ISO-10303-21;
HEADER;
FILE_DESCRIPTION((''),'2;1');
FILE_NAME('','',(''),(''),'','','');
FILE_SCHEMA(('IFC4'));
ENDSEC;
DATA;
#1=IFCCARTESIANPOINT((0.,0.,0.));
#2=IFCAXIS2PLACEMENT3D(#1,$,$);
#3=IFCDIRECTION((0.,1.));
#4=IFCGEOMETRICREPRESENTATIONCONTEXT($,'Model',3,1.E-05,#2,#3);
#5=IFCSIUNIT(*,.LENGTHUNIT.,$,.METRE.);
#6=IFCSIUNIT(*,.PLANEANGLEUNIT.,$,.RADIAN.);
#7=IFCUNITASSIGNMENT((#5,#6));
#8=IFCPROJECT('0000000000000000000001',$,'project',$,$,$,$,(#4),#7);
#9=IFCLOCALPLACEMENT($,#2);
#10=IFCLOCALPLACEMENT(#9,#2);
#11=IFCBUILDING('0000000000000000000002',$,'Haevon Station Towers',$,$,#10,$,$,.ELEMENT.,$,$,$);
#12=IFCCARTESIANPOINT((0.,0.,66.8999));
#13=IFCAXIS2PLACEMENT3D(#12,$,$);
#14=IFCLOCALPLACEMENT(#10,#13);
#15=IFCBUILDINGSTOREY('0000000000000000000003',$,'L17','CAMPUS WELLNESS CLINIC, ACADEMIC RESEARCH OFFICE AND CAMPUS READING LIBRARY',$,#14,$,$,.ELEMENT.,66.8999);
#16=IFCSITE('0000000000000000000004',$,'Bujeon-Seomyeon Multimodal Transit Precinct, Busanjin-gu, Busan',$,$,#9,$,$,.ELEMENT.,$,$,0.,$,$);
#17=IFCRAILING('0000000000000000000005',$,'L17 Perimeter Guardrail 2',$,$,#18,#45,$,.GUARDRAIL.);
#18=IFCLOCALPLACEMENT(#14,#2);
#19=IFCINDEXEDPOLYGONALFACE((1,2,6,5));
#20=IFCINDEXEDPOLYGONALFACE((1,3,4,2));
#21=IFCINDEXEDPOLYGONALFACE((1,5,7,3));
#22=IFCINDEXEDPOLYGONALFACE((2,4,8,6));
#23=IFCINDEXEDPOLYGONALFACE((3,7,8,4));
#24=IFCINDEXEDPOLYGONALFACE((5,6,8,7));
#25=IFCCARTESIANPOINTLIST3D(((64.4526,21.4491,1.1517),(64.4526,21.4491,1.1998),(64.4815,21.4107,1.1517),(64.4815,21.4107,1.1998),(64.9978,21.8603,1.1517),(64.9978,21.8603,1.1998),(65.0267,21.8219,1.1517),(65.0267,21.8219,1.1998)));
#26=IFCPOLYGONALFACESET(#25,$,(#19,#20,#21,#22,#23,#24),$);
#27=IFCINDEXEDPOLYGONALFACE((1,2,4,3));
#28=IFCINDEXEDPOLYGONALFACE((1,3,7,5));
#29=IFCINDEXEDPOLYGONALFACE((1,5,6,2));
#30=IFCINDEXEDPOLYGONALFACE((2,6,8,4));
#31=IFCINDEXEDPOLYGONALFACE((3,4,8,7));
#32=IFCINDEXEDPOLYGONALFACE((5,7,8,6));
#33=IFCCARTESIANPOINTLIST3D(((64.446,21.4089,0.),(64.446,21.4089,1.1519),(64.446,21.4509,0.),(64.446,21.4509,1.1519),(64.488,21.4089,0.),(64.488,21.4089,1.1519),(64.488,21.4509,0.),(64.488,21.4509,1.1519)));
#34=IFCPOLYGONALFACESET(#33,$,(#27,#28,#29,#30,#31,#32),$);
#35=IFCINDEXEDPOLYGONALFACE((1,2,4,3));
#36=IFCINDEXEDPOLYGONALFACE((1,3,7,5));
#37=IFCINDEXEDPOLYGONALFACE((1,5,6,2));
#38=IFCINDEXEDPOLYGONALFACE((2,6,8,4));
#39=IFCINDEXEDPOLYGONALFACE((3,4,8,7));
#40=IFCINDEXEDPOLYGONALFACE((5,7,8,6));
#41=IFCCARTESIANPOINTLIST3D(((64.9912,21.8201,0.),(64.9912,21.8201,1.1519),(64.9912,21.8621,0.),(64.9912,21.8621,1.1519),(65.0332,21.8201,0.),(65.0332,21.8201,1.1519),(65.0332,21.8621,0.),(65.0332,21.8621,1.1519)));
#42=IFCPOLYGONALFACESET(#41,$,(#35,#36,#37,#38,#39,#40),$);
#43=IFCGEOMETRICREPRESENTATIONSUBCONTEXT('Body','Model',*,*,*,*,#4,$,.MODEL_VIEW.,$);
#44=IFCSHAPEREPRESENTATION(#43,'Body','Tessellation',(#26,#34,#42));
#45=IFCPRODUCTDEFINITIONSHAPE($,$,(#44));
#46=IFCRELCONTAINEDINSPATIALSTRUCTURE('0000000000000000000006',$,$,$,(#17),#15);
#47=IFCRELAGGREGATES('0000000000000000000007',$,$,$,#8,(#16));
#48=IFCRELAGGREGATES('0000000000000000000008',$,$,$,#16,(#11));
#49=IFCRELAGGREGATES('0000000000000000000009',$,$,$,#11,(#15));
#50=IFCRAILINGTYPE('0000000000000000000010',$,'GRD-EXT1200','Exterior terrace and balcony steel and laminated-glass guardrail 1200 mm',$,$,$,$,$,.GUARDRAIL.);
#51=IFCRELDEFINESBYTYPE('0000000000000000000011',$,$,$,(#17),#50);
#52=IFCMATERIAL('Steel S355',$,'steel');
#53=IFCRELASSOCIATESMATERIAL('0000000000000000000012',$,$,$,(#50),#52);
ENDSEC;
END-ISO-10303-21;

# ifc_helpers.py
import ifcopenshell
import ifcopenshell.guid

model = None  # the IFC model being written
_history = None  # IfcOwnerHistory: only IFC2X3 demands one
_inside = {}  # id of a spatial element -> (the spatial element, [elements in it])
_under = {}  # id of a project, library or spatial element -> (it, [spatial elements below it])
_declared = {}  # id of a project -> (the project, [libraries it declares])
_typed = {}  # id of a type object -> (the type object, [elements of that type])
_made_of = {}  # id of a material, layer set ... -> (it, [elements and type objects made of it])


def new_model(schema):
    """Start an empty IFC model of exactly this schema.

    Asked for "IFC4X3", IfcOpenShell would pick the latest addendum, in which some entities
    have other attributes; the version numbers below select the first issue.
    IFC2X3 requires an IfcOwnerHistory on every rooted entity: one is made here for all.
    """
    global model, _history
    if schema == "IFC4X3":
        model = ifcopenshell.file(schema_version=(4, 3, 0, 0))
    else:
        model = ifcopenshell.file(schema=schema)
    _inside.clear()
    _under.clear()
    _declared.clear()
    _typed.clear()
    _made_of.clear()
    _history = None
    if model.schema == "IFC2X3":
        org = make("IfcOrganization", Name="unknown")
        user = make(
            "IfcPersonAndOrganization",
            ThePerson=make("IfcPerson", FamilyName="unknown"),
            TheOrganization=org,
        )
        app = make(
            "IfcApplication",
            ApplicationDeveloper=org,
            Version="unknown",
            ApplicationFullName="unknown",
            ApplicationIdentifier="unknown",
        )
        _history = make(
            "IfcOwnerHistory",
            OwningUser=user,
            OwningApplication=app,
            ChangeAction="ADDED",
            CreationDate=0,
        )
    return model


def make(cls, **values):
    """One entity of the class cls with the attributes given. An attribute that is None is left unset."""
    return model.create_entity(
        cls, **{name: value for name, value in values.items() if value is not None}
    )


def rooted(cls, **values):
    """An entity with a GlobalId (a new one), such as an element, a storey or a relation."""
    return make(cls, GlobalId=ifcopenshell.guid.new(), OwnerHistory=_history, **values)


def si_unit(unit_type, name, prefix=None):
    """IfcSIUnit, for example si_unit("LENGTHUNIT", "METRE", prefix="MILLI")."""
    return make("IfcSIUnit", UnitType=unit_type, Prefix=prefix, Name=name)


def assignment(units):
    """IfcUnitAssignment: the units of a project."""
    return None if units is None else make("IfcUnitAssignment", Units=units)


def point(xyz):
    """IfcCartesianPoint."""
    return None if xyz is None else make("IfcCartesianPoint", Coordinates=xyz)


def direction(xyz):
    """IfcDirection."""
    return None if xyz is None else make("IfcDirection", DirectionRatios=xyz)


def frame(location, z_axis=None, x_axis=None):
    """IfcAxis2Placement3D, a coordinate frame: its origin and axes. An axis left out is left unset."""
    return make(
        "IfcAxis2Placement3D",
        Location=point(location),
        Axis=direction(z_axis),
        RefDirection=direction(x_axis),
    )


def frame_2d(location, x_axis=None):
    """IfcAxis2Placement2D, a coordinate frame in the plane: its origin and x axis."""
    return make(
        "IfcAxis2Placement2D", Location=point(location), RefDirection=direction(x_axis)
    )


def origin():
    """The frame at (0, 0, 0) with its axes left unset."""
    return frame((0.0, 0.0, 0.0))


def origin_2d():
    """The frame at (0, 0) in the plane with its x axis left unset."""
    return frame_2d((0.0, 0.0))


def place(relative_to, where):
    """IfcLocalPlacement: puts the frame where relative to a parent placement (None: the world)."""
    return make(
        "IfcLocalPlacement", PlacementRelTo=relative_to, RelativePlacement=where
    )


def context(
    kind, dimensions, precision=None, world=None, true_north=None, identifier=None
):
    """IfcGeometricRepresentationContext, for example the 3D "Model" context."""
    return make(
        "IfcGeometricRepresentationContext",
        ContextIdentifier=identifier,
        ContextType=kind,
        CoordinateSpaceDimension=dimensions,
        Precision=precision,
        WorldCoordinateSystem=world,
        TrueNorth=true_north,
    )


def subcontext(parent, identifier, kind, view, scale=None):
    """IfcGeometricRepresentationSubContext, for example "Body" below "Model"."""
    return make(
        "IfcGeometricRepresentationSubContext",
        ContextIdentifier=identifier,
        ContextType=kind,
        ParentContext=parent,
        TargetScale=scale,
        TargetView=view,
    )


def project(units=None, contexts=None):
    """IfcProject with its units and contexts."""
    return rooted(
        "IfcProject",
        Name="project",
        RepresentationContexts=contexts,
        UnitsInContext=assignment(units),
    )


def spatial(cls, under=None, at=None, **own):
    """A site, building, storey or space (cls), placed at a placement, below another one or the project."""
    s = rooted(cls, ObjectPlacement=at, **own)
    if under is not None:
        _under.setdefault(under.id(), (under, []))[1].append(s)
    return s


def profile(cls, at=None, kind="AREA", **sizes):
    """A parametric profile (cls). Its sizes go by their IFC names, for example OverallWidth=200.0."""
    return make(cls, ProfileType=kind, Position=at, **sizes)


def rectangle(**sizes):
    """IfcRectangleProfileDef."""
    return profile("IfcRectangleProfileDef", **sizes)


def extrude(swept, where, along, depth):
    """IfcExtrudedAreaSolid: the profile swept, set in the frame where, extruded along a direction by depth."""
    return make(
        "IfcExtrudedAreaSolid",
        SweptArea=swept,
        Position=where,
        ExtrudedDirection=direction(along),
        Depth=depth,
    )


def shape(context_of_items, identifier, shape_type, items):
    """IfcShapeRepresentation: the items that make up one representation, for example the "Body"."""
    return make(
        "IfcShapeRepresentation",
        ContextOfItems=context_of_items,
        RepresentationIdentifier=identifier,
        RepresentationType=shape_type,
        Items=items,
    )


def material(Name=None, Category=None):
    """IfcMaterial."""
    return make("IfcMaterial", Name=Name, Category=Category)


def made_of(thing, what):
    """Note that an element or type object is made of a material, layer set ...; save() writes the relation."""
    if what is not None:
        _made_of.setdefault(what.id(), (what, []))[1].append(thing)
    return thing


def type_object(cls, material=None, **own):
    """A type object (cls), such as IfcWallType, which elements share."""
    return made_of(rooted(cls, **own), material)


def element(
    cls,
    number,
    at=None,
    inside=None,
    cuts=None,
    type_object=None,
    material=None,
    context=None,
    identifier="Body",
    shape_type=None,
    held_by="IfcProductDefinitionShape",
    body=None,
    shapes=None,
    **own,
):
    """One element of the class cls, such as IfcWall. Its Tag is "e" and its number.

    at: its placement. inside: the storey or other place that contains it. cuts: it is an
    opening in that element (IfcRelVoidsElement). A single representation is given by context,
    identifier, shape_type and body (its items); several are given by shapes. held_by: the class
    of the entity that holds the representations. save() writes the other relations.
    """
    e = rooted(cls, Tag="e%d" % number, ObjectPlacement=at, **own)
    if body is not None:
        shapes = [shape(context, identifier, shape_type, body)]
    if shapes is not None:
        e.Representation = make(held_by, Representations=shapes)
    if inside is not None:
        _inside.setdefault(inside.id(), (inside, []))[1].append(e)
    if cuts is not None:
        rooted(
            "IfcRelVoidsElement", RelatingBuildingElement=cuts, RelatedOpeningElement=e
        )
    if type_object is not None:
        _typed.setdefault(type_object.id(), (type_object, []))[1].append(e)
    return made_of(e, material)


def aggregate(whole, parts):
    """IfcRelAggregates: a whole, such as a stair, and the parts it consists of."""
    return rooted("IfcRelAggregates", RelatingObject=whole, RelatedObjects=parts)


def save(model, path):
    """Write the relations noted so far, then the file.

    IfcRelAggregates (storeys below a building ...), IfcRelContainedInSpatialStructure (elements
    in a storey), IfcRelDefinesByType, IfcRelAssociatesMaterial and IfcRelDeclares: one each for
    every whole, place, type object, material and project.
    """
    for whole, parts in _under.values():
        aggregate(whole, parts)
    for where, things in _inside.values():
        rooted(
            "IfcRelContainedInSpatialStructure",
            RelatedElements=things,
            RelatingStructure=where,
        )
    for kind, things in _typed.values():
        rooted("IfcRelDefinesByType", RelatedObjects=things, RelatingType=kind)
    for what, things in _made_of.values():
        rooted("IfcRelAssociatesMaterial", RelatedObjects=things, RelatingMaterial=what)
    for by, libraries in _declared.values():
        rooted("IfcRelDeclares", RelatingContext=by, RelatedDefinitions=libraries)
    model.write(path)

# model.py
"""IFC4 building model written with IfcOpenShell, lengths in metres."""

from ifc_helpers import new_model, si_unit, direction, frame, origin, origin_2d, place, context, subcontext, project, spatial, rectangle, extrude, material, type_object, element, save


model = new_model("IFC4")

# Units and contexts
model_context = context("Model", 3, precision=1e-05, world=origin(), true_north=direction((0.0, 1.0)))
body_context = subcontext(model_context, "Body", "Model", "MODEL_VIEW")
ifc_project = project(units=[si_unit("LENGTHUNIT", "METRE"), si_unit("PLANEANGLEUNIT", "RADIAN")], contexts=[model_context])

# Site, building, storey
site_placement = place(None, origin())
site = spatial("IfcSite", under=ifc_project, at=site_placement, Name="Bujeon-Seomyeon Multimodal Transit Precinct, Busanjin-gu, Busan", CompositionType="ELEMENT", RefElevation=0.0)
building_placement = place(site_placement, origin())
building = spatial("IfcBuilding", under=site, at=building_placement, Name="Haevon Station Towers", CompositionType="ELEMENT")
storey_placement = place(building_placement, frame((0.0, 0.0, 66.8999)))
storey = spatial("IfcBuildingStorey", under=building, at=storey_placement, Name="L17", Description="CAMPUS WELLNESS CLINIC, ACADEMIC RESEARCH OFFICE AND CAMPUS READING LIBRARY", CompositionType="ELEMENT", Elevation=66.8999)

# Shared definitions
ifc_material_1 = material(Name="Steel S355", Category="steel")

# Railing
railing_type = type_object("IfcRailingType", Name="GRD-EXT1200", Description="Exterior terrace and balcony steel and laminated-glass guardrail 1200 mm", PredefinedType="GUARDRAIL", material=ifc_material_1)
railing_1_placement = place(storey_placement, frame((64.467, 21.4299, 0.0)))
element("IfcRailing", 1, at=railing_1_placement, inside=storey, type_object=railing_type, Name="L17 Perimeter Guardrail 2", PredefinedType="GUARDRAIL", context=body_context, shape_type="SweptSolid", body=[
    extrude(rectangle(XDim=0.0481, YDim=0.0481, at=origin_2d()), frame((0.0, 0.0, 1.1758), z_axis=(0.79841, 0.602115, 0.0), x_axis=(-0.602115, 0.79841, 0.0)), (0.0, 0.0, 1.0), 0.6829),
    extrude(rectangle(XDim=0.042, YDim=0.042, at=origin_2d()), origin(), (0.0, 0.0, 1.0), 1.1519),
    extrude(rectangle(XDim=0.042, YDim=0.042, at=origin_2d()), frame((0.5452, 0.4111, 0.0)), (0.0, 0.0, 1.0), 1.1519),
])

save(model, "model.ifc")
